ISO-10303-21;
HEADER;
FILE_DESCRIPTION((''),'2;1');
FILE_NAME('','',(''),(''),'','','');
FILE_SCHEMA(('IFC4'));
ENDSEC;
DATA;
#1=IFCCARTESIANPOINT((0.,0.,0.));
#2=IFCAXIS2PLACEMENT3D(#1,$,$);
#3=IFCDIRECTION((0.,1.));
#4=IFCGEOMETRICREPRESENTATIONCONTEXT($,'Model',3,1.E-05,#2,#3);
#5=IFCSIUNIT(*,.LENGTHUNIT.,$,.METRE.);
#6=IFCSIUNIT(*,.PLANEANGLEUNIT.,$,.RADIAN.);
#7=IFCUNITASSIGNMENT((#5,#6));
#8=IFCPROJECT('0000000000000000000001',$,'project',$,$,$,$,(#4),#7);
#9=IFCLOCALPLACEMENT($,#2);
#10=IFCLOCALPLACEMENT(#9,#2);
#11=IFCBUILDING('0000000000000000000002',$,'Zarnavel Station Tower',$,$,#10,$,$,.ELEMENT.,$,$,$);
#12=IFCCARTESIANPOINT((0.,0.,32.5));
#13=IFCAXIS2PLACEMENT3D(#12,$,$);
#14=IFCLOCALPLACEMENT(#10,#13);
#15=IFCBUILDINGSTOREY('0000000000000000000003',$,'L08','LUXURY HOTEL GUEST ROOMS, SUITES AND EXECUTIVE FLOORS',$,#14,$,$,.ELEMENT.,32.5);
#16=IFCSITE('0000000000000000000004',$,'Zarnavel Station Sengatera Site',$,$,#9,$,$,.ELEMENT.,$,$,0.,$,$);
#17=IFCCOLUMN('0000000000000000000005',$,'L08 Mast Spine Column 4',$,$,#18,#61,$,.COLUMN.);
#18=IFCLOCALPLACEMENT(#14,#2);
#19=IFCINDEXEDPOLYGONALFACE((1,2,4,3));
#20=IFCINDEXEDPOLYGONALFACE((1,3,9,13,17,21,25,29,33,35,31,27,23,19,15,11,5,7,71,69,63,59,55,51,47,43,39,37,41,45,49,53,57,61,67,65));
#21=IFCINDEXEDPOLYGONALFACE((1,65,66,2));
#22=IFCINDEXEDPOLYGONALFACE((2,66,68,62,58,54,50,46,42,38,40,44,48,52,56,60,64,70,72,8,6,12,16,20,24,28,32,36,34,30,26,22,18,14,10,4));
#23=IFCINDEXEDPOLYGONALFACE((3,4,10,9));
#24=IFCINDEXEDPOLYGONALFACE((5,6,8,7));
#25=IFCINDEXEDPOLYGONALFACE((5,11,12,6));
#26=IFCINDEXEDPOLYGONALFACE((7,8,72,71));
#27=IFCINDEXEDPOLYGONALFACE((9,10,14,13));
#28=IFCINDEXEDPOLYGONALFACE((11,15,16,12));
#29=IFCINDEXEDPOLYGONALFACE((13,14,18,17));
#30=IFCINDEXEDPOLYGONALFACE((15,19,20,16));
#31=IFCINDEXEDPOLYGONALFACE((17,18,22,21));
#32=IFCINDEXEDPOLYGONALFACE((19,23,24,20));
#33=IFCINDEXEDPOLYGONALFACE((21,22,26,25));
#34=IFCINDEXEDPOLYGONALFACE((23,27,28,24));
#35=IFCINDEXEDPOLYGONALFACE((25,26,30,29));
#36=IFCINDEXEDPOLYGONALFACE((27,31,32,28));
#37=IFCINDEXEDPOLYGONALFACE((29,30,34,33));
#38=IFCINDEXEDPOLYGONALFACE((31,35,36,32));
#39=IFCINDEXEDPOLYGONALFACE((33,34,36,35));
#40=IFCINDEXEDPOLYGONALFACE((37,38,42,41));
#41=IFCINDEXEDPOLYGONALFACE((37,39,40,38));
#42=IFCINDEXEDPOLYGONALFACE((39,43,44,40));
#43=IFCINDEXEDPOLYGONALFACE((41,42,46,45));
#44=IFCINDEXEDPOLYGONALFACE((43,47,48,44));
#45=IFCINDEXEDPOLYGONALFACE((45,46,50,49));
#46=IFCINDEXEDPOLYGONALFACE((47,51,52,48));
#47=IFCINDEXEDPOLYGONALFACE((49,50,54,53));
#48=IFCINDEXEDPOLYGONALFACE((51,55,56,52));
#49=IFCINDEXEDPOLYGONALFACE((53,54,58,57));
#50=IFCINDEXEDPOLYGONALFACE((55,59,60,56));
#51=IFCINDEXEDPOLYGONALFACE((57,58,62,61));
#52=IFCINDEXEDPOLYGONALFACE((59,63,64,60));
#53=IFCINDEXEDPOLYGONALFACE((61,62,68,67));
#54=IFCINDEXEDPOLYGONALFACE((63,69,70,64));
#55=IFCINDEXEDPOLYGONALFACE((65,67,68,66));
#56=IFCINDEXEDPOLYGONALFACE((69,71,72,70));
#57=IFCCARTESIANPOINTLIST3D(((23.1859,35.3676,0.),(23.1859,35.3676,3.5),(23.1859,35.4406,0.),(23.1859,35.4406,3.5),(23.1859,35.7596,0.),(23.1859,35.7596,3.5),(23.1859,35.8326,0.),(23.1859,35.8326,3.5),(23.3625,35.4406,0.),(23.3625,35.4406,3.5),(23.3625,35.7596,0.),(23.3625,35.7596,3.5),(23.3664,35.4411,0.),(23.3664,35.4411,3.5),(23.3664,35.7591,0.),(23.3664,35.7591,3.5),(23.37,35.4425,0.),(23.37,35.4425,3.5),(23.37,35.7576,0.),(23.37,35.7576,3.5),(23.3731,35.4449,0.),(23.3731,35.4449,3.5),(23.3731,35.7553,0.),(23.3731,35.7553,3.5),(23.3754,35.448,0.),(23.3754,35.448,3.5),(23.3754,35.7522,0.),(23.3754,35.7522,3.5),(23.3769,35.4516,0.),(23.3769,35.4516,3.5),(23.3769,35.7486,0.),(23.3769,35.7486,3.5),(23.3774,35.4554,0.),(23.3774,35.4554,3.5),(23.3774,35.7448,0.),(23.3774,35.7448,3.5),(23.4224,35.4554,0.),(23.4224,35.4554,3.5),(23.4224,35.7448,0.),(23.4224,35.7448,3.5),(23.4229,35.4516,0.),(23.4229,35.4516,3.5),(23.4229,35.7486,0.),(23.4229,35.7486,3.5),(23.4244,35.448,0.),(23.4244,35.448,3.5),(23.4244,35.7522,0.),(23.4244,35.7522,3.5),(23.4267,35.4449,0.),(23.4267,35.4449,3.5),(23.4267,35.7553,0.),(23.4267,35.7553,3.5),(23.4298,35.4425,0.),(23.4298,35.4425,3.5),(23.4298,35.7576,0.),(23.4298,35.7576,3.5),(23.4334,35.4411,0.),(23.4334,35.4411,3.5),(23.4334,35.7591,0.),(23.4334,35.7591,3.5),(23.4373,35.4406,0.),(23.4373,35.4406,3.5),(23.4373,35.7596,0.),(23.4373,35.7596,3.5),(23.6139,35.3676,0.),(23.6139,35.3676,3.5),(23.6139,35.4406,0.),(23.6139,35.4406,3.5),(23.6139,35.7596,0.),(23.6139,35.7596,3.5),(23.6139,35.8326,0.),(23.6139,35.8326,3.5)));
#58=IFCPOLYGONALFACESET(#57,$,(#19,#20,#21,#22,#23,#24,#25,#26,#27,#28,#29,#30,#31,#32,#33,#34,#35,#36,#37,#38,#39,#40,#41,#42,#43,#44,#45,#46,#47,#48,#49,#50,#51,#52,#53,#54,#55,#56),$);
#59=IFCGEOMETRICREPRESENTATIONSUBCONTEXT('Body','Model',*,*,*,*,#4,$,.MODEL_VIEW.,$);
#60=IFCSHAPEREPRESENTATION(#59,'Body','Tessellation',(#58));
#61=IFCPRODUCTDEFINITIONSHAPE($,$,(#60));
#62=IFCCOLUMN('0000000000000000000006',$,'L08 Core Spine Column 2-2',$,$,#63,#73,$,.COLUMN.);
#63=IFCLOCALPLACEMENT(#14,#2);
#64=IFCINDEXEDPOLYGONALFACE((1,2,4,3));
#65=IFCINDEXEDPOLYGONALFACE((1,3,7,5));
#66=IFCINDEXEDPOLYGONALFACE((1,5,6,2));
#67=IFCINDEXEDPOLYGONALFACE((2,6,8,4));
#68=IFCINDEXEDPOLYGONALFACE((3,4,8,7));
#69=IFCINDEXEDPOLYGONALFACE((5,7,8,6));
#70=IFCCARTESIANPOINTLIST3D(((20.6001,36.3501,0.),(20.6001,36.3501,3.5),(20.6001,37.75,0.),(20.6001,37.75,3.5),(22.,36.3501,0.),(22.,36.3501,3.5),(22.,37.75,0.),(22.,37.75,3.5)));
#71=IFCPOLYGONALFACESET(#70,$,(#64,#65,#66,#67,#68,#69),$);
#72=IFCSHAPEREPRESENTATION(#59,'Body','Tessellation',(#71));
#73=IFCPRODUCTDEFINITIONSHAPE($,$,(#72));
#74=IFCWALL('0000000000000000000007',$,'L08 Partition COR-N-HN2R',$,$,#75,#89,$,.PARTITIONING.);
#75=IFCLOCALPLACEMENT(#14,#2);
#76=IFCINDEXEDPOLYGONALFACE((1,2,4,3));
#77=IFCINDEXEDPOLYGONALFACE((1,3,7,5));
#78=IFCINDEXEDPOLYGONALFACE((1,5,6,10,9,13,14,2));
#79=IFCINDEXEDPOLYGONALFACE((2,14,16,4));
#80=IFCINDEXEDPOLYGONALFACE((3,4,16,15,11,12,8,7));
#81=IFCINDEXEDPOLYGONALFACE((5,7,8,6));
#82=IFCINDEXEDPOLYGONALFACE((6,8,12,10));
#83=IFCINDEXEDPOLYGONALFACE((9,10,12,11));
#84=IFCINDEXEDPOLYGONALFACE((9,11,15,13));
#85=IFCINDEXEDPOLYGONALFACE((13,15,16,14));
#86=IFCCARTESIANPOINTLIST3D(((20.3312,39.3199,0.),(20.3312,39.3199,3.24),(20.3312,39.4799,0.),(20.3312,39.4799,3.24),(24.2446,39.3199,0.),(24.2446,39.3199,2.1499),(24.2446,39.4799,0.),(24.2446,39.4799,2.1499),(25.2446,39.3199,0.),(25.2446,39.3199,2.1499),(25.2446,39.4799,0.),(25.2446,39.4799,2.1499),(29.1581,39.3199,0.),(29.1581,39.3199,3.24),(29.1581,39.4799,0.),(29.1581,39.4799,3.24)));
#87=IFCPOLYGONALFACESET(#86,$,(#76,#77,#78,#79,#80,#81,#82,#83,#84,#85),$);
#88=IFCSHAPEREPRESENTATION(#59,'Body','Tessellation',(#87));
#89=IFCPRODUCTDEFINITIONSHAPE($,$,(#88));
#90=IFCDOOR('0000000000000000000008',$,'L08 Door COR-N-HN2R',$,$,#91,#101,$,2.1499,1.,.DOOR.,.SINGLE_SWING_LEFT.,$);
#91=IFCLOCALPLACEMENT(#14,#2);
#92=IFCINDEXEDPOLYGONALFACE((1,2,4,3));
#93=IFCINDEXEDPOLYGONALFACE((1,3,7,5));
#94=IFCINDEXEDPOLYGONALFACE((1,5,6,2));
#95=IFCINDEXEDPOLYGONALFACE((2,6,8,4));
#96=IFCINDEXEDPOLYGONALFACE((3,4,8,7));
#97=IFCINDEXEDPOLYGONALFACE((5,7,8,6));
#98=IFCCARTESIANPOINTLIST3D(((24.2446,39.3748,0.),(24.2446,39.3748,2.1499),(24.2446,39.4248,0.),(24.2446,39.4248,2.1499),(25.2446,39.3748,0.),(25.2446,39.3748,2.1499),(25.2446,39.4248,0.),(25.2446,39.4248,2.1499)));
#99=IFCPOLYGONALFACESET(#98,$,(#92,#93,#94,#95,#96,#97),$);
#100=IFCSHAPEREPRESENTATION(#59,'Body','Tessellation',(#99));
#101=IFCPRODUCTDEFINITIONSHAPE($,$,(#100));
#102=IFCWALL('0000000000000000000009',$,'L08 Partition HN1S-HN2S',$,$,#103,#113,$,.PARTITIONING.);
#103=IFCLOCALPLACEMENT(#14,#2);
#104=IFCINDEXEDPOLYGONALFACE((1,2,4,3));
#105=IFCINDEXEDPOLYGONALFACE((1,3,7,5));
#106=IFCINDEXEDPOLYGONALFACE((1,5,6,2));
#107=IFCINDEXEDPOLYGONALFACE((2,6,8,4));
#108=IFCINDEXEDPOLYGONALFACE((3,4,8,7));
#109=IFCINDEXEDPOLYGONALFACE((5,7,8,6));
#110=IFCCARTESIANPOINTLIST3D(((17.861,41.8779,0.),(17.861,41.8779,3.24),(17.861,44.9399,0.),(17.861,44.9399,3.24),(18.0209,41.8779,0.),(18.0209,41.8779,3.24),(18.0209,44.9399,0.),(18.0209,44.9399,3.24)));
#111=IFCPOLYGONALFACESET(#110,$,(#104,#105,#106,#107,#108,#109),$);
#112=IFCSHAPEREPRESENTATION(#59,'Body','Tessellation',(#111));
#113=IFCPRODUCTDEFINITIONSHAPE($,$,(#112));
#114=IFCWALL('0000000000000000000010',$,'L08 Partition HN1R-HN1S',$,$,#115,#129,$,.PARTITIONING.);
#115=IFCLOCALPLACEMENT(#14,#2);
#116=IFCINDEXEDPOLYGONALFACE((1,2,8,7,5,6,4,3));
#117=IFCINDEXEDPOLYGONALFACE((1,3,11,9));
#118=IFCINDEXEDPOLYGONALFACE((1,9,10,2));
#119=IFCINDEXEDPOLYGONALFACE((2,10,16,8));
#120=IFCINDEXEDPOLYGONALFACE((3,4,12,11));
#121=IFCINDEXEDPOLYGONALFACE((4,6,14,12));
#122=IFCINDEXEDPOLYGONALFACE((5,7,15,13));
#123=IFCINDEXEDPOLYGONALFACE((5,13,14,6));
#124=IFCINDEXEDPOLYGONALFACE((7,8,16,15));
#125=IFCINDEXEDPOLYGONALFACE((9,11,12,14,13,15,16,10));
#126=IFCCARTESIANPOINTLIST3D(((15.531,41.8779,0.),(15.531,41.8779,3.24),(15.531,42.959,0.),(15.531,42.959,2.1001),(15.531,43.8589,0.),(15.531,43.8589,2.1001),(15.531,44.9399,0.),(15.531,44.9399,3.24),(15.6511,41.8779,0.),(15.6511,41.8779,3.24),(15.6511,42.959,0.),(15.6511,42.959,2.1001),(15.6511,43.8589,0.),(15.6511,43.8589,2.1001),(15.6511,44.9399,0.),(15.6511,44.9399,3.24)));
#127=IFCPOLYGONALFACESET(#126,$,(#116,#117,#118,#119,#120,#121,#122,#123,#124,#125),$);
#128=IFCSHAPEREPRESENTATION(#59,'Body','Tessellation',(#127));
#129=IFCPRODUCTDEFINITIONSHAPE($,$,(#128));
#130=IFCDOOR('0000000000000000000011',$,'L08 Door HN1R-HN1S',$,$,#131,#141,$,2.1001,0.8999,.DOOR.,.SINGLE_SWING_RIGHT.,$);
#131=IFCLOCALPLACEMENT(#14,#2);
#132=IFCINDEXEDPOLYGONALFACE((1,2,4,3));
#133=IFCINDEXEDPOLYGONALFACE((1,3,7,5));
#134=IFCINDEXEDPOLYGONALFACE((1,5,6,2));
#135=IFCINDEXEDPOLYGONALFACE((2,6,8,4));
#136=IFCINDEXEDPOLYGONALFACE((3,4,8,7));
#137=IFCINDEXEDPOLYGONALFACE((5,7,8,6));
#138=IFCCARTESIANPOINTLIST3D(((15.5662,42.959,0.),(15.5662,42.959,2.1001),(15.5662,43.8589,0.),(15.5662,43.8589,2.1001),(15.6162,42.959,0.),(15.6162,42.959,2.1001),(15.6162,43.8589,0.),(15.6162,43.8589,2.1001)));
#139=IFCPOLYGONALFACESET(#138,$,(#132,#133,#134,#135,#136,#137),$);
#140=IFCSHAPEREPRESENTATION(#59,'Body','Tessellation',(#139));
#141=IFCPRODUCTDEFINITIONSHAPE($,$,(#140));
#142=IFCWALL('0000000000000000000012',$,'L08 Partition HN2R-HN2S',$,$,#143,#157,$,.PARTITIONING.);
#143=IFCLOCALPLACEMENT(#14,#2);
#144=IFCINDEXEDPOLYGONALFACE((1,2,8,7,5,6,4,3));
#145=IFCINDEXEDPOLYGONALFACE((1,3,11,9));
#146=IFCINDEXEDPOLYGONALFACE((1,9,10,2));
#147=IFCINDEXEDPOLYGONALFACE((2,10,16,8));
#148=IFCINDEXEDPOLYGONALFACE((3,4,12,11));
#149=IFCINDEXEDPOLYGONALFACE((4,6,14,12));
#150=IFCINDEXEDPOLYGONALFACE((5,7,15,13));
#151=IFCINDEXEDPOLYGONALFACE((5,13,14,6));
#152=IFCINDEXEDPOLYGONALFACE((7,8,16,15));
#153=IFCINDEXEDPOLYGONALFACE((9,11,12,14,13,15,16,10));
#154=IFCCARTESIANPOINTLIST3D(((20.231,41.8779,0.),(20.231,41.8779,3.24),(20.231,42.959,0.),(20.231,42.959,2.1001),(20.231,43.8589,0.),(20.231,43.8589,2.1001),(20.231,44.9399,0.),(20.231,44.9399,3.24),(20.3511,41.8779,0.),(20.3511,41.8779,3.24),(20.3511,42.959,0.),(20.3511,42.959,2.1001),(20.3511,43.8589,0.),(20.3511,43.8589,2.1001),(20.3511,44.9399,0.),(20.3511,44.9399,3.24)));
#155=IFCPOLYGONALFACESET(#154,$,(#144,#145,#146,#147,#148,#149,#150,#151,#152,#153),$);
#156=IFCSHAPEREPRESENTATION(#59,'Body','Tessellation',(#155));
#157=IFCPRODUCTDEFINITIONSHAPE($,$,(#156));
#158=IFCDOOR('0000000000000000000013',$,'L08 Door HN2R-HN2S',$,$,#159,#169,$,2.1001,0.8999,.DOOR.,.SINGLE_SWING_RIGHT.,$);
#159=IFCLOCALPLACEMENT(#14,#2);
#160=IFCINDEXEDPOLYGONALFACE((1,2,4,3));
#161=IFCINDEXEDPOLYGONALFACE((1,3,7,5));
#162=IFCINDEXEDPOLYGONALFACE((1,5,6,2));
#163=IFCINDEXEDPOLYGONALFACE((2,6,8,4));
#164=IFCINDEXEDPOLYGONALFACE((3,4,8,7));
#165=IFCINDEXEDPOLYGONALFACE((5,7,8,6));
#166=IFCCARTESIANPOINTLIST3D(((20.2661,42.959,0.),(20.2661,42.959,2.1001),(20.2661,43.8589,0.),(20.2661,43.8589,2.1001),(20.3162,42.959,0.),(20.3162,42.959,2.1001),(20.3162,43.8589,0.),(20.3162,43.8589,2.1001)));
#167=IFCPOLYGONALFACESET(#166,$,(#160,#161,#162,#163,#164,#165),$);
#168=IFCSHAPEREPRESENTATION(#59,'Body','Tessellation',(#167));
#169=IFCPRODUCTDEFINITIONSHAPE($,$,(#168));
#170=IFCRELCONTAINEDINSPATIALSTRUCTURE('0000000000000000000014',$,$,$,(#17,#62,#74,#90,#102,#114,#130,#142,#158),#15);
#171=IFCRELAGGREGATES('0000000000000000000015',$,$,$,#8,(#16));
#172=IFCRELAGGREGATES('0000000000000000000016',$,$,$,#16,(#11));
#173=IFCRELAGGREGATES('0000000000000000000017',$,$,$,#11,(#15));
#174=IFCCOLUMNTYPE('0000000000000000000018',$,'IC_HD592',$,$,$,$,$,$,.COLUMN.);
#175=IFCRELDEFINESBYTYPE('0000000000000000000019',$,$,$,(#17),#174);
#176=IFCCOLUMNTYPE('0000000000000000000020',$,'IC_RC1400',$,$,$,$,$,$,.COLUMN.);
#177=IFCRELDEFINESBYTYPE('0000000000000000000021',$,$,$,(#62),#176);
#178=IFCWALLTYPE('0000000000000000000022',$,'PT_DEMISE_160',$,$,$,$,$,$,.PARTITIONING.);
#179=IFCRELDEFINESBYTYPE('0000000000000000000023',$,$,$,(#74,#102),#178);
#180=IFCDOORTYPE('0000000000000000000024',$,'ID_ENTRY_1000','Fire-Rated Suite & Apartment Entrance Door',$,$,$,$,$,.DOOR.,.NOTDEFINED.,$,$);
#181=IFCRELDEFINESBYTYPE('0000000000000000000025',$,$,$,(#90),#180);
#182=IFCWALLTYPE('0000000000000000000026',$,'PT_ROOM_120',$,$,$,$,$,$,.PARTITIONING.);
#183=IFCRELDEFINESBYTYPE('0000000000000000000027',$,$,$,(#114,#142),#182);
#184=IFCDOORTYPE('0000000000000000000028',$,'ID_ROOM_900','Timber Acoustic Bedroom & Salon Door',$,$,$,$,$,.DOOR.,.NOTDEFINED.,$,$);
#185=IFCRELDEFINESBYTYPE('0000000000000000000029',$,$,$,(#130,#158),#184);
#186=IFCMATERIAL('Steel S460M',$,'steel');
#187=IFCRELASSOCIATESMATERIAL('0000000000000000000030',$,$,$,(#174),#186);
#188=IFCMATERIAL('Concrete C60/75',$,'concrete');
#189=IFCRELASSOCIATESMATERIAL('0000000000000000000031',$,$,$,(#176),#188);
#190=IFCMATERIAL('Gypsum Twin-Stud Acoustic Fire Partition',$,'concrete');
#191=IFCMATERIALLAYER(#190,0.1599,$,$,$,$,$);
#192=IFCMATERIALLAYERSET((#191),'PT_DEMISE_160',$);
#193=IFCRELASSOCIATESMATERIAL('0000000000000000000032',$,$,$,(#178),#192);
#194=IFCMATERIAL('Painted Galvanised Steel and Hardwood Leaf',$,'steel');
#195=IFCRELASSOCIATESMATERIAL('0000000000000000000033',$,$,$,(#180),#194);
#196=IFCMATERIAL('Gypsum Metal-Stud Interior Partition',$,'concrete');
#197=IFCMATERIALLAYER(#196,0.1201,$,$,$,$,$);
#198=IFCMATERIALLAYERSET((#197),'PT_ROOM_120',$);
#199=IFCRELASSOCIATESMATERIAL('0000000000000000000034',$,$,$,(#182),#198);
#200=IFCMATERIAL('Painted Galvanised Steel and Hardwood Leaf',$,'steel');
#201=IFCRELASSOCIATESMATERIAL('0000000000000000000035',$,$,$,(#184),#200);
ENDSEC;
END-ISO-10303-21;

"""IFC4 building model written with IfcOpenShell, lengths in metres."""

from ifc_helpers import new_model, si_unit, direction, frame, frame_2d, origin, origin_2d, place, context, subcontext, project, spatial, rectangle, i_section, extrude, material, layer, layer_set, material_profile, profile_set, type_object, element, fill, save


model = new_model("IFC4")

# Units and contexts
model_context = context("Model", 3, precision=1e-05, world=origin(), true_north=direction((0.0, 1.0)))
body_context = subcontext(model_context, "Body", "Model", "MODEL_VIEW")
ifc_project = project(units=[si_unit("LENGTHUNIT", "METRE"), si_unit("PLANEANGLEUNIT", "RADIAN")], contexts=[model_context])

# Site, building, storey
site_placement = place(None, origin())
site = spatial("IfcSite", under=ifc_project, at=site_placement, Name="Zarnavel Station Sengatera Site", CompositionType="ELEMENT", RefElevation=0.0)
building_placement = place(site_placement, origin())
building = spatial("IfcBuilding", under=site, at=building_placement, Name="Zarnavel Station Tower", CompositionType="ELEMENT")
storey_placement = place(building_placement, frame((0.0, 0.0, 32.5)))
storey = spatial("IfcBuildingStorey", under=building, at=storey_placement, Name="L08", Description="LUXURY HOTEL GUEST ROOMS, SUITES AND EXECUTIVE FLOORS", CompositionType="ELEMENT", Elevation=32.5)

# Columns
ifc_material_1 = material(Name="Steel S460M", Category="steel")
ifc_material_profile_1 = material_profile(ifc_material_1, i_section(OverallWidth=0.428, OverallDepth=0.4651, WebThickness=0.0449, FlangeThickness=0.073, FilletRadius=0.0149, at=origin_2d()), Name="HD400x592")
ifc_profile_set_1 = profile_set([ifc_material_profile_1], Name="Steel S460M")
column_type_1 = type_object("IfcColumnType", Name="IC_HD592", PredefinedType="COLUMN", material=ifc_profile_set_1)
column_1_placement = place(storey_placement, frame((23.3999, 35.6001, 0.0), z_axis=(0.0, 0.0, 1.0), x_axis=(1.0, 0.0, 0.0)))
element("IfcColumn", 1, at=column_1_placement, inside=storey, type_object=column_type_1, Name="L08 Mast Spine Column 4", PredefinedType="COLUMN", context=body_context, shape_type="SweptSolid", body=[
    extrude(i_section(OverallWidth=0.428, OverallDepth=0.4651, WebThickness=0.0449, FlangeThickness=0.073, FilletRadius=0.0149, at=origin_2d()), origin(), (0.0, 0.0, 1.0), 3.5),
])
ifc_material_2 = material(Name="Concrete C60/75", Category="concrete")
ifc_material_profile_2 = material_profile(ifc_material_2, rectangle(XDim=1.3999, YDim=1.3999, at=origin_2d()), Name="RC1400x1400")
ifc_profile_set_2 = profile_set([ifc_material_profile_2], Name="Concrete C60/75")
column_type_2 = type_object("IfcColumnType", Name="IC_RC1400", PredefinedType="COLUMN", material=ifc_profile_set_2)
column_2_placement = place(storey_placement, frame((21.3, 37.05, 0.0), z_axis=(0.0, 0.0, 1.0), x_axis=(1.0, 0.0, 0.0)))
element("IfcColumn", 2, at=column_2_placement, inside=storey, type_object=column_type_2, Name="L08 Core Spine Column 2-2", PredefinedType="COLUMN", context=body_context, shape_type="SweptSolid", body=[
    extrude(rectangle(XDim=1.3999, YDim=1.3999, at=origin_2d()), origin(), (0.0, 0.0, 1.0), 3.5),
])

# Wall, opening, door
ifc_material_3 = material(Name="Gypsum Twin-Stud Acoustic Fire Partition", Category="concrete")
ifc_layer_1 = layer(ifc_material_3, 0.1599)
ifc_layer_set_1 = layer_set([ifc_layer_1], Name="PT_DEMISE_160")
wall_type_1 = type_object("IfcWallType", Name="PT_DEMISE_160", PredefinedType="PARTITIONING", material=ifc_layer_set_1)
wall_1_placement = place(storey_placement, frame((20.3311, 39.3999, 0.0), z_axis=(0.0, 0.0, 1.0), x_axis=(1.0, 0.0, 0.0)))
wall_1 = element("IfcWall", 3, at=wall_1_placement, inside=storey, type_object=wall_type_1, Name="L08 Partition COR-N-HN2R", PredefinedType="PARTITIONING", context=body_context, shape_type="SweptSolid", body=[
    extrude(rectangle(XDim=8.8269, YDim=0.1599, at=frame_2d((4.4136, 0.0))), origin(), (0.0, 0.0, 1.0), 3.24),
])
opening_1_placement = place(wall_1_placement, frame((3.9136, 0.0, 0.0)))
opening_1 = element("IfcOpeningElement", 4, at=opening_1_placement, cuts=wall_1, PredefinedType="OPENING", context=body_context, shape_type="SweptSolid", body=[
    extrude(rectangle(XDim=1.0, YDim=2.1499, at=frame_2d((0.5, 1.075))), frame((0.0, 0.0898, 0.0), z_axis=(0.0, -1.0, 0.0), x_axis=(1.0, 0.0, 0.0)), (0.0, 0.0, 1.0), 0.1799),
])
ifc_material_4 = material(Name="Painted Galvanised Steel and Hardwood Leaf", Category="steel")
door_type_1 = type_object("IfcDoorType", Name="ID_ENTRY_1000", Description="Fire-Rated Suite & Apartment Entrance Door", OperationType="NOTDEFINED", PredefinedType="DOOR", material=ifc_material_4)
door_1_placement = place(opening_1_placement, origin())
door_1 = element("IfcDoor", 5, at=door_1_placement, inside=storey, type_object=door_type_1, Name="L08 Door COR-N-HN2R", OperationType="SINGLE_SWING_LEFT", OverallHeight=2.1499, OverallWidth=1.0, PredefinedType="DOOR", context=body_context, shape_type="SweptSolid", body=[
    extrude(rectangle(XDim=1.0, YDim=2.1499, at=frame_2d((0.5, 1.075))), frame((0.0, 0.0249, 0.0), z_axis=(0.0, -1.0, 0.0), x_axis=(1.0, 0.0, 0.0)), (0.0, 0.0, 1.0), 0.05),
])
fill(opening_1, door_1)

# Wall
wall_2_placement = place(storey_placement, frame((17.9409, 41.8779, 0.0), z_axis=(0.0, 0.0, 1.0), x_axis=(0.0, 1.0, 0.0)))
element("IfcWall", 6, at=wall_2_placement, inside=storey, type_object=wall_type_1, Name="L08 Partition HN1S-HN2S", PredefinedType="PARTITIONING", context=body_context, shape_type="SweptSolid", body=[
    extrude(rectangle(XDim=3.062, YDim=0.1599, at=frame_2d((1.531, 0.0))), origin(), (0.0, 0.0, 1.0), 3.24),
])

# Walls, openings, doors
ifc_material_5 = material(Name="Gypsum Metal-Stud Interior Partition", Category="concrete")
ifc_layer_2 = layer(ifc_material_5, 0.1201)
ifc_layer_set_2 = layer_set([ifc_layer_2], Name="PT_ROOM_120")
wall_type_2 = type_object("IfcWallType", Name="PT_ROOM_120", PredefinedType="PARTITIONING", material=ifc_layer_set_2)
wall_3_placement = place(storey_placement, frame((15.5911, 41.8779, 0.0), z_axis=(0.0, 0.0, 1.0), x_axis=(0.0, 1.0, 0.0)))
wall_3 = element("IfcWall", 7, at=wall_3_placement, inside=storey, type_object=wall_type_2, Name="L08 Partition HN1R-HN1S", PredefinedType="PARTITIONING", context=body_context, shape_type="SweptSolid", body=[
    extrude(rectangle(XDim=3.062, YDim=0.1201, at=frame_2d((1.531, 0.0))), origin(), (0.0, 0.0, 1.0), 3.24),
])
opening_2_placement = place(wall_3_placement, frame((1.0811, 0.0, 0.0)))
opening_2 = element("IfcOpeningElement", 8, at=opening_2_placement, cuts=wall_3, PredefinedType="OPENING", context=body_context, shape_type="SweptSolid", body=[
    extrude(rectangle(XDim=0.8999, YDim=2.1001, at=frame_2d((0.45, 1.05))), frame((0.0, 0.0701, 0.0), z_axis=(0.0, -1.0, 0.0), x_axis=(1.0, 0.0, 0.0)), (0.0, 0.0, 1.0), 0.1401),
])
ifc_material_6 = material(Name="Painted Galvanised Steel and Hardwood Leaf", Category="steel")
door_type_2 = type_object("IfcDoorType", Name="ID_ROOM_900", Description="Timber Acoustic Bedroom & Salon Door", OperationType="NOTDEFINED", PredefinedType="DOOR", material=ifc_material_6)
door_2_placement = place(opening_2_placement, origin())
door_2 = element("IfcDoor", 9, at=door_2_placement, inside=storey, type_object=door_type_2, Name="L08 Door HN1R-HN1S", OperationType="SINGLE_SWING_RIGHT", OverallHeight=2.1001, OverallWidth=0.8999, PredefinedType="DOOR", context=body_context, shape_type="SweptSolid", body=[
    extrude(rectangle(XDim=0.8999, YDim=2.1001, at=frame_2d((0.45, 1.05))), frame((0.0, 0.0249, 0.0), z_axis=(0.0, -1.0, 0.0), x_axis=(1.0, 0.0, 0.0)), (0.0, 0.0, 1.0), 0.05),
])
fill(opening_2, door_2)
wall_4_placement = place(storey_placement, frame((20.291, 41.8779, 0.0), z_axis=(0.0, 0.0, 1.0), x_axis=(0.0, 1.0, 0.0)))
wall_4 = element("IfcWall", 10, at=wall_4_placement, inside=storey, type_object=wall_type_2, Name="L08 Partition HN2R-HN2S", PredefinedType="PARTITIONING", context=body_context, shape_type="SweptSolid", body=[
    extrude(rectangle(XDim=3.062, YDim=0.1201, at=frame_2d((1.531, 0.0))), origin(), (0.0, 0.0, 1.0), 3.24),
])
opening_3_placement = place(wall_4_placement, frame((1.0811, 0.0, 0.0)))
opening_3 = element("IfcOpeningElement", 11, at=opening_3_placement, cuts=wall_4, PredefinedType="OPENING", context=body_context, shape_type="SweptSolid", body=[
    extrude(rectangle(XDim=0.8999, YDim=2.1001, at=frame_2d((0.45, 1.05))), frame((0.0, 0.0701, 0.0), z_axis=(0.0, -1.0, 0.0), x_axis=(1.0, 0.0, 0.0)), (0.0, 0.0, 1.0), 0.1401),
])
door_3_placement = place(opening_3_placement, origin())
door_3 = element("IfcDoor", 12, at=door_3_placement, inside=storey, type_object=door_type_2, Name="L08 Door HN2R-HN2S", OperationType="SINGLE_SWING_RIGHT", OverallHeight=2.1001, OverallWidth=0.8999, PredefinedType="DOOR", context=body_context, shape_type="SweptSolid", body=[
    extrude(rectangle(XDim=0.8999, YDim=2.1001, at=frame_2d((0.45, 1.05))), frame((0.0, 0.0249, 0.0), z_axis=(0.0, -1.0, 0.0), x_axis=(1.0, 0.0, 0.0)), (0.0, 0.0, 1.0), 0.05),
])
fill(opening_3, door_3)

save(model, "model.ifc")
